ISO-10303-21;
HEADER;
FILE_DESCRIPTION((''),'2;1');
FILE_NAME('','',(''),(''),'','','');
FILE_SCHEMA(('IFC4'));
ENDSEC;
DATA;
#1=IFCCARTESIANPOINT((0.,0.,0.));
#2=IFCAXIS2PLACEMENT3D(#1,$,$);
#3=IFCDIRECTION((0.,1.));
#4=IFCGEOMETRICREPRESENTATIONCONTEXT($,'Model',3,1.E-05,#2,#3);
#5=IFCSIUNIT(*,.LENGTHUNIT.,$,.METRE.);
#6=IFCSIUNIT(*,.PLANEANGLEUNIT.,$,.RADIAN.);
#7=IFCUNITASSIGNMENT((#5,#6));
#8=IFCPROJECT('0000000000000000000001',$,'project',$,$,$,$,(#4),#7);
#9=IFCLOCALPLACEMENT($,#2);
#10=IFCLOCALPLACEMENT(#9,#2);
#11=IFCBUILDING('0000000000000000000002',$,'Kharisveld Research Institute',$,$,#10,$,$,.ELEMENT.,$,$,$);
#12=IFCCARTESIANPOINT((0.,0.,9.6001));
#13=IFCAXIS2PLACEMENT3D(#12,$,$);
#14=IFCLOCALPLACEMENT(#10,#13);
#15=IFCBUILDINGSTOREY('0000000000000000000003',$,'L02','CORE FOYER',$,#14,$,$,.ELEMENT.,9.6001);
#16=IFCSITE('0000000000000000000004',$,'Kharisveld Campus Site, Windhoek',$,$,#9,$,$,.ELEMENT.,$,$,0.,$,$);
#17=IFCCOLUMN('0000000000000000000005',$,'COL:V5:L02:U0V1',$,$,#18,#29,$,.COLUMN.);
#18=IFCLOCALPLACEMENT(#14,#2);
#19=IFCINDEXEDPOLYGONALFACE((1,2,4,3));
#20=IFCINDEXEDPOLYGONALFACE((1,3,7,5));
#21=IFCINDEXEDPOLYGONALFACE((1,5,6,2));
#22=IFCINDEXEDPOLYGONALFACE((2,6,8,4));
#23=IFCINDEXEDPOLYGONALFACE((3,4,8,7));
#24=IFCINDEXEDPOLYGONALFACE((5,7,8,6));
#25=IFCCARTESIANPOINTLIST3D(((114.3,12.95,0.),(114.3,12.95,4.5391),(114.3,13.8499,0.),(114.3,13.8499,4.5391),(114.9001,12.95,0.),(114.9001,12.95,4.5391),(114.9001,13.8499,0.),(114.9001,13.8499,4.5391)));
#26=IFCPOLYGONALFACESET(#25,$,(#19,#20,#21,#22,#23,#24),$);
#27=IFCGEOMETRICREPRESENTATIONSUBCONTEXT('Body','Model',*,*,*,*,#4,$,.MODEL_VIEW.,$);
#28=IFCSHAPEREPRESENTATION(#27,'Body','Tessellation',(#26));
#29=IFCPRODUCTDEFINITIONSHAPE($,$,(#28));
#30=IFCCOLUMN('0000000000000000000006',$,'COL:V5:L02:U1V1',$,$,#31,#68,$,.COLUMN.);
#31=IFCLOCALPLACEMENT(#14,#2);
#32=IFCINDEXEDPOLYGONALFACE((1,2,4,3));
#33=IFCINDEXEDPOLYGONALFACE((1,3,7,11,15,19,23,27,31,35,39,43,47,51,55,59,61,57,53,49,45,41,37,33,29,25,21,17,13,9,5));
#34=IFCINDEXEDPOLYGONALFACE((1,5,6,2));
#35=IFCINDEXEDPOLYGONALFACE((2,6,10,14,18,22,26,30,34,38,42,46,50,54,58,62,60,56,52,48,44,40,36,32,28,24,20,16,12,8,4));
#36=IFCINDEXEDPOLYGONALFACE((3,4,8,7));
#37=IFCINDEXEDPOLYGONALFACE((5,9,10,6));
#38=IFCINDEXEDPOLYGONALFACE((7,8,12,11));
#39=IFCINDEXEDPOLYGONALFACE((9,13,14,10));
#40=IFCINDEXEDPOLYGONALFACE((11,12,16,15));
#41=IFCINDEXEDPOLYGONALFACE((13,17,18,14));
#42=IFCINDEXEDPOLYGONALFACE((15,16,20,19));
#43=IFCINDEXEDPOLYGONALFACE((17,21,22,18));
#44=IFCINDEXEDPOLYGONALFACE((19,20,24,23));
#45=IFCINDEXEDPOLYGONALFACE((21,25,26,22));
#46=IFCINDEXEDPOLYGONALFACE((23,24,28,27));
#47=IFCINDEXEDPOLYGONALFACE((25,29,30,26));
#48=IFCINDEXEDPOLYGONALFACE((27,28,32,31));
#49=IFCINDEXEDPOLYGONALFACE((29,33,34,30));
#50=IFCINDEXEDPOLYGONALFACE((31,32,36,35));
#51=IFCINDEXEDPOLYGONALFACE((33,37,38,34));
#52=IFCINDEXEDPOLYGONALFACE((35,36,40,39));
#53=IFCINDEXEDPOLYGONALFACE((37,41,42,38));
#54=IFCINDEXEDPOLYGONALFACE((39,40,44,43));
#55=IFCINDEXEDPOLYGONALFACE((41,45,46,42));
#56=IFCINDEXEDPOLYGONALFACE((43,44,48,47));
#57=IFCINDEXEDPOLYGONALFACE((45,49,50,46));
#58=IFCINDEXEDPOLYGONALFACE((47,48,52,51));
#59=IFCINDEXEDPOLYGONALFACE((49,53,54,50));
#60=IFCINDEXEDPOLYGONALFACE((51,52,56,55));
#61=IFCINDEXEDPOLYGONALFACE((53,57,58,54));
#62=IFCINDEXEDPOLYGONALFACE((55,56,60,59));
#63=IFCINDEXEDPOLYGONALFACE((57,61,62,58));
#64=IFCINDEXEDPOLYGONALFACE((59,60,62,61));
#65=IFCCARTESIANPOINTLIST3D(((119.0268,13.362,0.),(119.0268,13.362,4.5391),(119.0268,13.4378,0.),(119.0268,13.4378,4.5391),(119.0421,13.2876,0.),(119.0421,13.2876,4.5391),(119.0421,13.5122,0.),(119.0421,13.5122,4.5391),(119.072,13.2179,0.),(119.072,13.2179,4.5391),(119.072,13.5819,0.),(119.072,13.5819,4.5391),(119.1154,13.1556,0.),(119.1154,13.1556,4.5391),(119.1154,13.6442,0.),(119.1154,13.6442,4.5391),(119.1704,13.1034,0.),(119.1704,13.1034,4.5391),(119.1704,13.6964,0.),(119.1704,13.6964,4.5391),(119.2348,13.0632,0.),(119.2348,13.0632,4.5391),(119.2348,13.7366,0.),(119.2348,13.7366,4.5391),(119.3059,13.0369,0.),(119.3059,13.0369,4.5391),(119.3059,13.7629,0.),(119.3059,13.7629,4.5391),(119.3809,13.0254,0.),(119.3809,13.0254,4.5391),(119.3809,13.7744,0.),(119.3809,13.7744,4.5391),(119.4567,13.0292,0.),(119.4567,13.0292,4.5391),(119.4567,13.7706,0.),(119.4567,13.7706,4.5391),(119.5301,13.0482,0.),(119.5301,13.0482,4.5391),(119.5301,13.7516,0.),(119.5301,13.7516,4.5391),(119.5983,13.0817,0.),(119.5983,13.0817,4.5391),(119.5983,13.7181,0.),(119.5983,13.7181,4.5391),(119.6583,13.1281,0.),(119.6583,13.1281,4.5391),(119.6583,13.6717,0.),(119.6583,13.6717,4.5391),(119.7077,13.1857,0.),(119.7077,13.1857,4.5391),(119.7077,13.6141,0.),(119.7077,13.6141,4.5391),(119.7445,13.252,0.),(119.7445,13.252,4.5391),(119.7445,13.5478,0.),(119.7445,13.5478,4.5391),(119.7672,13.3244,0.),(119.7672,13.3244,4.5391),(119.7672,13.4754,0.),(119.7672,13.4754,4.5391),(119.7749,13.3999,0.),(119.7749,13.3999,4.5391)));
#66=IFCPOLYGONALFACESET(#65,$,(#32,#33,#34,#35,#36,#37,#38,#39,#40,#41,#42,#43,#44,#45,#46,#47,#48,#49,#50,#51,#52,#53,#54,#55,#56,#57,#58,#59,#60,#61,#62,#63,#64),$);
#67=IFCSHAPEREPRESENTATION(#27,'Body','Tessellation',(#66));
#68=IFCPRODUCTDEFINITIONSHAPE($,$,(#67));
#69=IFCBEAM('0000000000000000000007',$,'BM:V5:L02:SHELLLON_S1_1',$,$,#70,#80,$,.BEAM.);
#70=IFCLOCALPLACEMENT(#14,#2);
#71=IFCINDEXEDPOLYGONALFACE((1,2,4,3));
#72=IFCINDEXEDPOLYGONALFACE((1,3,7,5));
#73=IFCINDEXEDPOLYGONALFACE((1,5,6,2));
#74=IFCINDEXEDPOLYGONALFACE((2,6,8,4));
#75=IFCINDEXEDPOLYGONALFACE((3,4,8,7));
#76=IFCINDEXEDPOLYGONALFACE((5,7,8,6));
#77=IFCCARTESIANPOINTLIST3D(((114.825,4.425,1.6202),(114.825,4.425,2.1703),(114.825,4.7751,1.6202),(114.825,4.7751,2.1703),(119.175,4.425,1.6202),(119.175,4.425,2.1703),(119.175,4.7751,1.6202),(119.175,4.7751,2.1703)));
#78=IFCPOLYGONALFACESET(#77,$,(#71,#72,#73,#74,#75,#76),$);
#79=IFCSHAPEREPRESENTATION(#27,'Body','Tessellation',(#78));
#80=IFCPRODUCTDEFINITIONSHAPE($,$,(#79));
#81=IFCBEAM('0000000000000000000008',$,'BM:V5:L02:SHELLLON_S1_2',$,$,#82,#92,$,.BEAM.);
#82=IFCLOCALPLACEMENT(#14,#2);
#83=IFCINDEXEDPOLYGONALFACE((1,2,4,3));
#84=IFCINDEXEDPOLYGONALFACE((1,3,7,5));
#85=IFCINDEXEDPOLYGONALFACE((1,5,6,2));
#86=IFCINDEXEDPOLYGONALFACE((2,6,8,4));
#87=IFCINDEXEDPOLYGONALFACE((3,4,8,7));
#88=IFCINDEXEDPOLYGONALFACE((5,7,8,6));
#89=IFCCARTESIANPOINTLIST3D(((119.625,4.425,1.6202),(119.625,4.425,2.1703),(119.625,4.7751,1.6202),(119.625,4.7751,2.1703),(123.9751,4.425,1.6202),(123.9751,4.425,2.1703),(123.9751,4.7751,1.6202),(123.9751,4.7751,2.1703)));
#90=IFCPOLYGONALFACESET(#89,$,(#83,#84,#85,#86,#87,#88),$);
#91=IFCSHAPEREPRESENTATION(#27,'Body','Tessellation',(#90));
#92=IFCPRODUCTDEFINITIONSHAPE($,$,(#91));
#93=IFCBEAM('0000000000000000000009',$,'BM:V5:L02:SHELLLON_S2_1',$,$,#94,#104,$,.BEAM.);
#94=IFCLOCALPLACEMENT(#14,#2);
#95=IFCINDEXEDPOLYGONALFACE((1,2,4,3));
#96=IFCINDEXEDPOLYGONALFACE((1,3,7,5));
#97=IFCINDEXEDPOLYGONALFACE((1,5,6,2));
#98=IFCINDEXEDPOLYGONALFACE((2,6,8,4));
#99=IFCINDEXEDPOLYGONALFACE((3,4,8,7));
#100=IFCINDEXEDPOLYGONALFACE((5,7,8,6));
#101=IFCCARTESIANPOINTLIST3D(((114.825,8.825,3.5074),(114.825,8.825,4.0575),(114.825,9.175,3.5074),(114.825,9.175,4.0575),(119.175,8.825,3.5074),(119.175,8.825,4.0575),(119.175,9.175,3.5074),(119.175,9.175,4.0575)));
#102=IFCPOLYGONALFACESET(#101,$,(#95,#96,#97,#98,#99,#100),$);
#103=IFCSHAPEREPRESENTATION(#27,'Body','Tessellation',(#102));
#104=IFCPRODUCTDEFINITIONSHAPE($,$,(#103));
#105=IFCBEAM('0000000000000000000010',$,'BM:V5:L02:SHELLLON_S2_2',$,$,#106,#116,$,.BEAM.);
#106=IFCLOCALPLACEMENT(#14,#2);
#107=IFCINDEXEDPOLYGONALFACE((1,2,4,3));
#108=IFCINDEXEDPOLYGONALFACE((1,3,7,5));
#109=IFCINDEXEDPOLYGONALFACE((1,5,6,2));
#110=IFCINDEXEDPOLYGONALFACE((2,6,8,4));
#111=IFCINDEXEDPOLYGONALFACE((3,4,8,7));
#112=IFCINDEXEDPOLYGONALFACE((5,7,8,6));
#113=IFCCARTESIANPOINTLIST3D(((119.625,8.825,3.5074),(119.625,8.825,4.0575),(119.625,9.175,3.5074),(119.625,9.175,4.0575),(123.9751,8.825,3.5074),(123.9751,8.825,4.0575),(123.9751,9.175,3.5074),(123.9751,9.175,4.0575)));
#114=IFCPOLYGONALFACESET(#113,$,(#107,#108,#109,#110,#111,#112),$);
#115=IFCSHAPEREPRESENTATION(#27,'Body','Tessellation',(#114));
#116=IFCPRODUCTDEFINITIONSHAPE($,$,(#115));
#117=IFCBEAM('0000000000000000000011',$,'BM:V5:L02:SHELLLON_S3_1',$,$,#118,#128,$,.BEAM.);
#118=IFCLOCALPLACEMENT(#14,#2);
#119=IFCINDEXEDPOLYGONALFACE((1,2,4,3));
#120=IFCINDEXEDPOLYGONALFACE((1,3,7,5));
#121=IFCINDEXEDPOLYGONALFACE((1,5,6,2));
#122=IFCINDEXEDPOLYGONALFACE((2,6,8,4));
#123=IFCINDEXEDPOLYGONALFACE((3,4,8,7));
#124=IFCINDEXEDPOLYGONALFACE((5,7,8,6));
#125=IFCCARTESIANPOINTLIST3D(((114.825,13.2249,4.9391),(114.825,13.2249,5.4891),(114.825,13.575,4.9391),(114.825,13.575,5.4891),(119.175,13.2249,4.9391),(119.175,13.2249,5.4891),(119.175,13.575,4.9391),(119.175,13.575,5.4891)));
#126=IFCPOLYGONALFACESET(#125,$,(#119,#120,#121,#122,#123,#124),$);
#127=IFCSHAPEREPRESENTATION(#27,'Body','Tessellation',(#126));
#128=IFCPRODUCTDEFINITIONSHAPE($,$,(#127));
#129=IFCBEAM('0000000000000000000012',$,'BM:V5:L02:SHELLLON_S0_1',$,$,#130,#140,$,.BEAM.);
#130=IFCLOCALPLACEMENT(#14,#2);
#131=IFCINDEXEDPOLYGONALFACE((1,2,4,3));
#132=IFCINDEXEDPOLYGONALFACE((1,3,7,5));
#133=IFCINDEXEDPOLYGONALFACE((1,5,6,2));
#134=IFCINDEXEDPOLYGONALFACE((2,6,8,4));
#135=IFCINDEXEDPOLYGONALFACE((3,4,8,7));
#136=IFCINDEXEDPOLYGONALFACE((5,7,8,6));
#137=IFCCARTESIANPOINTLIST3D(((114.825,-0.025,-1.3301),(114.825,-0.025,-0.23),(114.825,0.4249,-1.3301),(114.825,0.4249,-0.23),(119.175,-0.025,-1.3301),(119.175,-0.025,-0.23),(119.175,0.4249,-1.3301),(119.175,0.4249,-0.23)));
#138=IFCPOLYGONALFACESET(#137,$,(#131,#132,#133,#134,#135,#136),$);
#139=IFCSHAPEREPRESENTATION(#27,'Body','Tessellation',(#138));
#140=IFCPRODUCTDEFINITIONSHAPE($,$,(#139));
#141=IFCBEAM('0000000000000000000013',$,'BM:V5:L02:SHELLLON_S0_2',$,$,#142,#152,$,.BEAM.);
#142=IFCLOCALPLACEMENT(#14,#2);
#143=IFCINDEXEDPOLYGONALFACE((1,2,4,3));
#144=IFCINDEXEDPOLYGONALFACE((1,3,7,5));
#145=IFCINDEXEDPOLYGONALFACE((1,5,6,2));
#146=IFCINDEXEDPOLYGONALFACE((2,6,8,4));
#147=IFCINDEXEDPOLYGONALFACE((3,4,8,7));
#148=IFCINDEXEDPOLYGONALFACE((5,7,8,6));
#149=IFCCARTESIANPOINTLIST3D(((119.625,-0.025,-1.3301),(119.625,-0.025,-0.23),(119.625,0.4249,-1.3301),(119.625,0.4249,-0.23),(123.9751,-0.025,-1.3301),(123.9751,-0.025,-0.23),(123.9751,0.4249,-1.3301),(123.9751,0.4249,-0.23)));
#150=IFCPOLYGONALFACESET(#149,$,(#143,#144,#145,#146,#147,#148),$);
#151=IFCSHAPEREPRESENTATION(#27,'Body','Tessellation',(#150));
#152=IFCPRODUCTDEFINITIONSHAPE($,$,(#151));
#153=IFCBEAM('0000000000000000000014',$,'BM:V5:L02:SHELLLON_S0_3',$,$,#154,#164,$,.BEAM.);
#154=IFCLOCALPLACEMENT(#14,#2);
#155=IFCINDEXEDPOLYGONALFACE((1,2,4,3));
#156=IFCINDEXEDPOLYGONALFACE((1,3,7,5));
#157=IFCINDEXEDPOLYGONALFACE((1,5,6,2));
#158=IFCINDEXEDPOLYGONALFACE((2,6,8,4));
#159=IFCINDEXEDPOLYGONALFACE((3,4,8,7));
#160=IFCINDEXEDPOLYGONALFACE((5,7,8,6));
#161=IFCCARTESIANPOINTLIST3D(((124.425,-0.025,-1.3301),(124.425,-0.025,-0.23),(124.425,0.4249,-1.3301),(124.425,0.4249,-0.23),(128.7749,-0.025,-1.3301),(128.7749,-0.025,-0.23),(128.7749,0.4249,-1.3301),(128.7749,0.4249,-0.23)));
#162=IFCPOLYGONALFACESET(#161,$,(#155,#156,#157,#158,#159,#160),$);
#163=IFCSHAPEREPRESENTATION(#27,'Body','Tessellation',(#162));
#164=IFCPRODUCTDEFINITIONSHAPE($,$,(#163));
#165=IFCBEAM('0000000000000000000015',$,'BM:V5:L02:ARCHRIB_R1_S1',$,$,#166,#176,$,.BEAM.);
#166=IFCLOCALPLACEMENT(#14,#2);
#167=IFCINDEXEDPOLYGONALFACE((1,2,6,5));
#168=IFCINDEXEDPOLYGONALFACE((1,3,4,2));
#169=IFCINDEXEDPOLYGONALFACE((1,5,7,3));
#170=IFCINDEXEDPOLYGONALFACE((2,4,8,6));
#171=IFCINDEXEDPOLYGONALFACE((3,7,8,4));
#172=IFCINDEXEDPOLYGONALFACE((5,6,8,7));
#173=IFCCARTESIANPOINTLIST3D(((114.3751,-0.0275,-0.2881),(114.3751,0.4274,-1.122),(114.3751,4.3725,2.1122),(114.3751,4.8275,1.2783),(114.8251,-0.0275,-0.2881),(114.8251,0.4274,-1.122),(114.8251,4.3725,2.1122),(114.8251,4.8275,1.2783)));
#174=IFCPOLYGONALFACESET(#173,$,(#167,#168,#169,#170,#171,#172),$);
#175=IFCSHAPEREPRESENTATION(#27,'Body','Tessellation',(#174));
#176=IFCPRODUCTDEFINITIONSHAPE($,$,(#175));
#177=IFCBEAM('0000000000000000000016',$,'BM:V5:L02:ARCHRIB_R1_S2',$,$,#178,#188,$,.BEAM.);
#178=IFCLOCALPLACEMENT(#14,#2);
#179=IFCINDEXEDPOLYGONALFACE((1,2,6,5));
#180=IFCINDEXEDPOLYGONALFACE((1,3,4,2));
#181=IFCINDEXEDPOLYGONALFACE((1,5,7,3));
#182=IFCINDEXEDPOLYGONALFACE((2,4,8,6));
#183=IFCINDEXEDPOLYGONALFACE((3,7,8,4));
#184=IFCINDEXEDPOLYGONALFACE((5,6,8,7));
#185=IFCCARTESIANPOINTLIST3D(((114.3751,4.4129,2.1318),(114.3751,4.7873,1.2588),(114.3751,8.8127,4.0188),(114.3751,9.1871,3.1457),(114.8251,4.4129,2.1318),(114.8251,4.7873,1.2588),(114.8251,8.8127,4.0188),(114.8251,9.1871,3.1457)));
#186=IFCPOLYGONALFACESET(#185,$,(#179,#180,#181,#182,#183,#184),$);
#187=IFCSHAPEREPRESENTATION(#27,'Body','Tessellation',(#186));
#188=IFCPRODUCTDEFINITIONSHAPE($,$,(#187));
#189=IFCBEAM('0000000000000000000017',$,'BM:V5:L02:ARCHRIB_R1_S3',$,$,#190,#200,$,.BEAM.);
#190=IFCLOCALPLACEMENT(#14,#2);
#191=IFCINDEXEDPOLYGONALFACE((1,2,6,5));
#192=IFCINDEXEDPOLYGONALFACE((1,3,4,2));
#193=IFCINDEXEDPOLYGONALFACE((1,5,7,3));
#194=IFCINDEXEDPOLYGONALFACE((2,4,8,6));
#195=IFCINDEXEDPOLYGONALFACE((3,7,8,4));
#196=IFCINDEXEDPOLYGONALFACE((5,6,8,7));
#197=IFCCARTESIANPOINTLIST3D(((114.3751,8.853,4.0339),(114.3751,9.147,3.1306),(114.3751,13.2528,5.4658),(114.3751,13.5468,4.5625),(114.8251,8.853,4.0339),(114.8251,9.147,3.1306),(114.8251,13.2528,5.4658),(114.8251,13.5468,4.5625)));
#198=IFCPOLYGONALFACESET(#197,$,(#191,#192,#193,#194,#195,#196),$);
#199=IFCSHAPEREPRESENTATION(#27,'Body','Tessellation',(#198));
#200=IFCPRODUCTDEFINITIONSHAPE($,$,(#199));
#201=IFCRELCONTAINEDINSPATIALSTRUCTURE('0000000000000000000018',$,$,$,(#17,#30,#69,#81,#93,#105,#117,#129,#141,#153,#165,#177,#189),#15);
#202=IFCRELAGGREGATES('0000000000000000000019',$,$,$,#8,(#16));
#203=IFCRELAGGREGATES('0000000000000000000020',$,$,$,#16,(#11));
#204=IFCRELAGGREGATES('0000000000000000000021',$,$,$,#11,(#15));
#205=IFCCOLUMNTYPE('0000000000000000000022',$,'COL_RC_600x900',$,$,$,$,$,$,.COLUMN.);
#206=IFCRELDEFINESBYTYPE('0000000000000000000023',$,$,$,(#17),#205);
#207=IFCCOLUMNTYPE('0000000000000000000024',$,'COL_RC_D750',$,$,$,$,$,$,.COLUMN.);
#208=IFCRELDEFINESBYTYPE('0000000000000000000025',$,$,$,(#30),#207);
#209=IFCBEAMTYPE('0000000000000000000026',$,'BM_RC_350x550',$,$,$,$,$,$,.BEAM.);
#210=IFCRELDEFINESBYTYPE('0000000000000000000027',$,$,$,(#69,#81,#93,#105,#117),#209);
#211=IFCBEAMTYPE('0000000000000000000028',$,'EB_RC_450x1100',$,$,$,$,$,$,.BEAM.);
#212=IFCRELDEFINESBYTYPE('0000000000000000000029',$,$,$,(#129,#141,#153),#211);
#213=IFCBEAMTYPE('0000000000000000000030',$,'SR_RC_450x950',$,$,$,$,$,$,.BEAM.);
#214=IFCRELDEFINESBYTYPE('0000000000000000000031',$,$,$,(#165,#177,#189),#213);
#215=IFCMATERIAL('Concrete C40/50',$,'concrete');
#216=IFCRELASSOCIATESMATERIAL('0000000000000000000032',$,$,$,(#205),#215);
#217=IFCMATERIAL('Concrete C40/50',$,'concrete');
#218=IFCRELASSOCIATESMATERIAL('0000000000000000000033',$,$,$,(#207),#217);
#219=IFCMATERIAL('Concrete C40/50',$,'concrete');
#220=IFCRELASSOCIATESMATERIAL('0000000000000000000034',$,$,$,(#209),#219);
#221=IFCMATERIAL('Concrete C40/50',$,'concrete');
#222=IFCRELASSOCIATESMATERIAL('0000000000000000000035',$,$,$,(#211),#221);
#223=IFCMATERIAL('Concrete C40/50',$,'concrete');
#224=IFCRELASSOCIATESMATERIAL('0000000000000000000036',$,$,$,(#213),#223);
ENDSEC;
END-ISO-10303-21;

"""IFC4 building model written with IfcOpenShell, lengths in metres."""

from ifc_helpers import new_model, si_unit, direction, frame, origin, origin_2d, place, context, subcontext, project, spatial, rectangle, circle, extrude, material, material_profile, profile_set, type_object, element, save


model = new_model("IFC4")

# Units and contexts
model_context = context("Model", 3, precision=1e-05, world=origin(), true_north=direction((0.0, 1.0)))
body_context = subcontext(model_context, "Body", "Model", "MODEL_VIEW")
ifc_project = project(units=[si_unit("LENGTHUNIT", "METRE"), si_unit("PLANEANGLEUNIT", "RADIAN")], contexts=[model_context])

# Site, building, storey
site_placement = place(None, origin())
site = spatial("IfcSite", under=ifc_project, at=site_placement, Name="Kharisveld Campus Site, Windhoek", CompositionType="ELEMENT", RefElevation=0.0)
building_placement = place(site_placement, origin())
building = spatial("IfcBuilding", under=site, at=building_placement, Name="Kharisveld Research Institute", CompositionType="ELEMENT")
storey_placement = place(building_placement, frame((0.0, 0.0, 9.6001)))
storey = spatial("IfcBuildingStorey", under=building, at=storey_placement, Name="L02", Description="CORE FOYER", CompositionType="ELEMENT", Elevation=9.6001)

# Columns
ifc_material_1 = material(Name="Concrete C40/50", Category="concrete")
ifc_material_profile_1 = material_profile(ifc_material_1, rectangle(XDim=0.6001, YDim=0.8999, at=origin_2d()))
ifc_profile_set_1 = profile_set([ifc_material_profile_1], Name="Concrete C40/50")
column_type_1 = type_object("IfcColumnType", Name="COL_RC_600x900", PredefinedType="COLUMN", material=ifc_profile_set_1)
column_1_placement = place(storey_placement, frame((114.6001, 13.3999, 0.0), z_axis=(0.0, 0.0, 1.0), x_axis=(1.0, 0.0, 0.0)))
element("IfcColumn", 1, at=column_1_placement, inside=storey, type_object=column_type_1, Name="COL:V5:L02:U0V1", PredefinedType="COLUMN", context=body_context, shape_type="SweptSolid", body=[
    extrude(rectangle(XDim=0.6001, YDim=0.8999, at=origin_2d()), origin(), (0.0, 0.0, 1.0), 4.5391),
])
ifc_material_2 = material(Name="Concrete C40/50", Category="concrete")
ifc_material_profile_2 = material_profile(ifc_material_2, circle(Radius=0.375, at=origin_2d()))
ifc_profile_set_2 = profile_set([ifc_material_profile_2], Name="Concrete C40/50")
column_type_2 = type_object("IfcColumnType", Name="COL_RC_D750", PredefinedType="COLUMN", material=ifc_profile_set_2)
column_2_placement = place(storey_placement, frame((119.3999, 13.3999, 0.0), z_axis=(0.0, 0.0, 1.0), x_axis=(1.0, 0.0, 0.0)))
element("IfcColumn", 2, at=column_2_placement, inside=storey, type_object=column_type_2, Name="COL:V5:L02:U1V1", PredefinedType="COLUMN", context=body_context, shape_type="SweptSolid", body=[
    extrude(circle(Radius=0.375, at=origin_2d()), origin(), (0.0, 0.0, 1.0), 4.5391),
])

# Beams
ifc_material_3 = material(Name="Concrete C40/50", Category="concrete")
ifc_material_profile_3 = material_profile(ifc_material_3, rectangle(XDim=0.3501, YDim=0.55, at=origin_2d()))
ifc_profile_set_3 = profile_set([ifc_material_profile_3], Name="Concrete C40/50")
beam_type_1 = type_object("IfcBeamType", Name="BM_RC_350x550", PredefinedType="BEAM", material=ifc_profile_set_3)
for number, where, z_axis, x_axis, name in (
    (3, (114.825, 4.6001, 1.8953), (1.0, 0.0, 0.0), (0.0, 1.0, 0.0), "BM:V5:L02:SHELLLON_S1_1"),
    (4, (119.625, 4.6001, 1.8953), (1.0, 0.0, 0.0), (0.0, 1.0, 0.0), "BM:V5:L02:SHELLLON_S1_2"),
    (5, (114.825, 9.0, 3.7825), (1.0, 0.0, 0.0), (0.0, 1.0, 0.0), "BM:V5:L02:SHELLLON_S2_1"),
    (6, (119.625, 9.0, 3.7825), (1.0, 0.0, 0.0), (0.0, 1.0, 0.0), "BM:V5:L02:SHELLLON_S2_2"),
    (7, (114.825, 13.3999, 5.2141), (1.0, 0.0, 0.0), (0.0, 1.0, 0.0), "BM:V5:L02:SHELLLON_S3_1"),
):
    element("IfcBeam", number, at=place(storey_placement, frame(where, z_axis=z_axis, x_axis=x_axis)), inside=storey, type_object=beam_type_1, Name=name, PredefinedType="BEAM", context=body_context, shape_type="SweptSolid", body=[
        extrude(rectangle(XDim=0.3501, YDim=0.55, at=origin_2d()), origin(), (0.0, 0.0, 1.0), 4.3501),
    ])
ifc_material_4 = material(Name="Concrete C40/50", Category="concrete")
ifc_material_profile_4 = material_profile(ifc_material_4, rectangle(XDim=0.45, YDim=1.1001, at=origin_2d()))
ifc_profile_set_4 = profile_set([ifc_material_profile_4], Name="Concrete C40/50")
beam_type_2 = type_object("IfcBeamType", Name="EB_RC_450x1100", PredefinedType="BEAM", material=ifc_profile_set_4)
for number, where, z_axis, x_axis, name in (
    (8, (114.825, 0.2, -0.78), (1.0, 0.0, 0.0), (0.0, 1.0, 0.0), "BM:V5:L02:SHELLLON_S0_1"),
    (9, (119.625, 0.2, -0.78), (1.0, 0.0, 0.0), (0.0, 1.0, 0.0), "BM:V5:L02:SHELLLON_S0_2"),
):
    element("IfcBeam", number, at=place(storey_placement, frame(where, z_axis=z_axis, x_axis=x_axis)), inside=storey, type_object=beam_type_2, Name=name, PredefinedType="BEAM", context=body_context, shape_type="SweptSolid", body=[
        extrude(rectangle(XDim=0.45, YDim=1.1001, at=origin_2d()), origin(), (0.0, 0.0, 1.0), 4.3501),
    ])
beam_1_placement = place(storey_placement, frame((124.425, 0.2, -0.78), z_axis=(1.0, 0.0, 0.0), x_axis=(0.0, 1.0, 0.0)))
element("IfcBeam", 10, at=beam_1_placement, inside=storey, type_object=beam_type_2, Name="BM:V5:L02:SHELLLON_S0_3", PredefinedType="BEAM", context=body_context, shape_type="SweptSolid", body=[
    extrude(rectangle(XDim=0.45, YDim=1.1001, at=origin_2d()), origin(), (0.0, 0.0, 1.0), 4.3499),
])
ifc_material_5 = material(Name="Concrete C40/50", Category="concrete")
ifc_material_profile_5 = material_profile(ifc_material_5, rectangle(XDim=0.45, YDim=0.95, at=origin_2d()))
ifc_profile_set_5 = profile_set([ifc_material_profile_5], Name="Concrete C40/50")
beam_type_3 = type_object("IfcBeamType", Name="SR_RC_450x950", PredefinedType="BEAM", material=ifc_profile_set_5)
beam_2_placement = place(storey_placement, frame((114.6001, 0.2, -0.7051), z_axis=(0.0, 0.87787, 0.4789), x_axis=(-1.0, 0.0, 0.0)))
element("IfcBeam", 11, at=beam_2_placement, inside=storey, type_object=beam_type_3, Name="BM:V5:L02:ARCHRIB_R1_S1", PredefinedType="BEAM", context=body_context, shape_type="SweptSolid", body=[
    extrude(rectangle(XDim=0.45, YDim=0.95, at=origin_2d()), origin(), (0.0, 0.0, 1.0), 5.0122),
])
beam_3_placement = place(storey_placement, frame((114.6001, 4.6001, 1.6953), z_axis=(0.0, 0.919047, 0.394147), x_axis=(-1.0, 0.0, 0.0)))
element("IfcBeam", 12, at=beam_3_placement, inside=storey, type_object=beam_type_3, Name="BM:V5:L02:ARCHRIB_R1_S2", PredefinedType="BEAM", context=body_context, shape_type="SweptSolid", body=[
    extrude(rectangle(XDim=0.45, YDim=0.95, at=origin_2d()), origin(), (0.0, 0.0, 1.0), 4.7874),
])
beam_4_placement = place(storey_placement, frame((114.6001, 9.0, 3.5823), z_axis=(0.0, 0.950912, 0.309461), x_axis=(-1.0, 0.0, 0.0)))
element("IfcBeam", 13, at=beam_4_placement, inside=storey, type_object=beam_type_3, Name="BM:V5:L02:ARCHRIB_R1_S3", PredefinedType="BEAM", context=body_context, shape_type="SweptSolid", body=[
    extrude(rectangle(XDim=0.45, YDim=0.95, at=origin_2d()), origin(), (0.0, 0.0, 1.0), 4.627),
])

save(model, "model.ifc")
